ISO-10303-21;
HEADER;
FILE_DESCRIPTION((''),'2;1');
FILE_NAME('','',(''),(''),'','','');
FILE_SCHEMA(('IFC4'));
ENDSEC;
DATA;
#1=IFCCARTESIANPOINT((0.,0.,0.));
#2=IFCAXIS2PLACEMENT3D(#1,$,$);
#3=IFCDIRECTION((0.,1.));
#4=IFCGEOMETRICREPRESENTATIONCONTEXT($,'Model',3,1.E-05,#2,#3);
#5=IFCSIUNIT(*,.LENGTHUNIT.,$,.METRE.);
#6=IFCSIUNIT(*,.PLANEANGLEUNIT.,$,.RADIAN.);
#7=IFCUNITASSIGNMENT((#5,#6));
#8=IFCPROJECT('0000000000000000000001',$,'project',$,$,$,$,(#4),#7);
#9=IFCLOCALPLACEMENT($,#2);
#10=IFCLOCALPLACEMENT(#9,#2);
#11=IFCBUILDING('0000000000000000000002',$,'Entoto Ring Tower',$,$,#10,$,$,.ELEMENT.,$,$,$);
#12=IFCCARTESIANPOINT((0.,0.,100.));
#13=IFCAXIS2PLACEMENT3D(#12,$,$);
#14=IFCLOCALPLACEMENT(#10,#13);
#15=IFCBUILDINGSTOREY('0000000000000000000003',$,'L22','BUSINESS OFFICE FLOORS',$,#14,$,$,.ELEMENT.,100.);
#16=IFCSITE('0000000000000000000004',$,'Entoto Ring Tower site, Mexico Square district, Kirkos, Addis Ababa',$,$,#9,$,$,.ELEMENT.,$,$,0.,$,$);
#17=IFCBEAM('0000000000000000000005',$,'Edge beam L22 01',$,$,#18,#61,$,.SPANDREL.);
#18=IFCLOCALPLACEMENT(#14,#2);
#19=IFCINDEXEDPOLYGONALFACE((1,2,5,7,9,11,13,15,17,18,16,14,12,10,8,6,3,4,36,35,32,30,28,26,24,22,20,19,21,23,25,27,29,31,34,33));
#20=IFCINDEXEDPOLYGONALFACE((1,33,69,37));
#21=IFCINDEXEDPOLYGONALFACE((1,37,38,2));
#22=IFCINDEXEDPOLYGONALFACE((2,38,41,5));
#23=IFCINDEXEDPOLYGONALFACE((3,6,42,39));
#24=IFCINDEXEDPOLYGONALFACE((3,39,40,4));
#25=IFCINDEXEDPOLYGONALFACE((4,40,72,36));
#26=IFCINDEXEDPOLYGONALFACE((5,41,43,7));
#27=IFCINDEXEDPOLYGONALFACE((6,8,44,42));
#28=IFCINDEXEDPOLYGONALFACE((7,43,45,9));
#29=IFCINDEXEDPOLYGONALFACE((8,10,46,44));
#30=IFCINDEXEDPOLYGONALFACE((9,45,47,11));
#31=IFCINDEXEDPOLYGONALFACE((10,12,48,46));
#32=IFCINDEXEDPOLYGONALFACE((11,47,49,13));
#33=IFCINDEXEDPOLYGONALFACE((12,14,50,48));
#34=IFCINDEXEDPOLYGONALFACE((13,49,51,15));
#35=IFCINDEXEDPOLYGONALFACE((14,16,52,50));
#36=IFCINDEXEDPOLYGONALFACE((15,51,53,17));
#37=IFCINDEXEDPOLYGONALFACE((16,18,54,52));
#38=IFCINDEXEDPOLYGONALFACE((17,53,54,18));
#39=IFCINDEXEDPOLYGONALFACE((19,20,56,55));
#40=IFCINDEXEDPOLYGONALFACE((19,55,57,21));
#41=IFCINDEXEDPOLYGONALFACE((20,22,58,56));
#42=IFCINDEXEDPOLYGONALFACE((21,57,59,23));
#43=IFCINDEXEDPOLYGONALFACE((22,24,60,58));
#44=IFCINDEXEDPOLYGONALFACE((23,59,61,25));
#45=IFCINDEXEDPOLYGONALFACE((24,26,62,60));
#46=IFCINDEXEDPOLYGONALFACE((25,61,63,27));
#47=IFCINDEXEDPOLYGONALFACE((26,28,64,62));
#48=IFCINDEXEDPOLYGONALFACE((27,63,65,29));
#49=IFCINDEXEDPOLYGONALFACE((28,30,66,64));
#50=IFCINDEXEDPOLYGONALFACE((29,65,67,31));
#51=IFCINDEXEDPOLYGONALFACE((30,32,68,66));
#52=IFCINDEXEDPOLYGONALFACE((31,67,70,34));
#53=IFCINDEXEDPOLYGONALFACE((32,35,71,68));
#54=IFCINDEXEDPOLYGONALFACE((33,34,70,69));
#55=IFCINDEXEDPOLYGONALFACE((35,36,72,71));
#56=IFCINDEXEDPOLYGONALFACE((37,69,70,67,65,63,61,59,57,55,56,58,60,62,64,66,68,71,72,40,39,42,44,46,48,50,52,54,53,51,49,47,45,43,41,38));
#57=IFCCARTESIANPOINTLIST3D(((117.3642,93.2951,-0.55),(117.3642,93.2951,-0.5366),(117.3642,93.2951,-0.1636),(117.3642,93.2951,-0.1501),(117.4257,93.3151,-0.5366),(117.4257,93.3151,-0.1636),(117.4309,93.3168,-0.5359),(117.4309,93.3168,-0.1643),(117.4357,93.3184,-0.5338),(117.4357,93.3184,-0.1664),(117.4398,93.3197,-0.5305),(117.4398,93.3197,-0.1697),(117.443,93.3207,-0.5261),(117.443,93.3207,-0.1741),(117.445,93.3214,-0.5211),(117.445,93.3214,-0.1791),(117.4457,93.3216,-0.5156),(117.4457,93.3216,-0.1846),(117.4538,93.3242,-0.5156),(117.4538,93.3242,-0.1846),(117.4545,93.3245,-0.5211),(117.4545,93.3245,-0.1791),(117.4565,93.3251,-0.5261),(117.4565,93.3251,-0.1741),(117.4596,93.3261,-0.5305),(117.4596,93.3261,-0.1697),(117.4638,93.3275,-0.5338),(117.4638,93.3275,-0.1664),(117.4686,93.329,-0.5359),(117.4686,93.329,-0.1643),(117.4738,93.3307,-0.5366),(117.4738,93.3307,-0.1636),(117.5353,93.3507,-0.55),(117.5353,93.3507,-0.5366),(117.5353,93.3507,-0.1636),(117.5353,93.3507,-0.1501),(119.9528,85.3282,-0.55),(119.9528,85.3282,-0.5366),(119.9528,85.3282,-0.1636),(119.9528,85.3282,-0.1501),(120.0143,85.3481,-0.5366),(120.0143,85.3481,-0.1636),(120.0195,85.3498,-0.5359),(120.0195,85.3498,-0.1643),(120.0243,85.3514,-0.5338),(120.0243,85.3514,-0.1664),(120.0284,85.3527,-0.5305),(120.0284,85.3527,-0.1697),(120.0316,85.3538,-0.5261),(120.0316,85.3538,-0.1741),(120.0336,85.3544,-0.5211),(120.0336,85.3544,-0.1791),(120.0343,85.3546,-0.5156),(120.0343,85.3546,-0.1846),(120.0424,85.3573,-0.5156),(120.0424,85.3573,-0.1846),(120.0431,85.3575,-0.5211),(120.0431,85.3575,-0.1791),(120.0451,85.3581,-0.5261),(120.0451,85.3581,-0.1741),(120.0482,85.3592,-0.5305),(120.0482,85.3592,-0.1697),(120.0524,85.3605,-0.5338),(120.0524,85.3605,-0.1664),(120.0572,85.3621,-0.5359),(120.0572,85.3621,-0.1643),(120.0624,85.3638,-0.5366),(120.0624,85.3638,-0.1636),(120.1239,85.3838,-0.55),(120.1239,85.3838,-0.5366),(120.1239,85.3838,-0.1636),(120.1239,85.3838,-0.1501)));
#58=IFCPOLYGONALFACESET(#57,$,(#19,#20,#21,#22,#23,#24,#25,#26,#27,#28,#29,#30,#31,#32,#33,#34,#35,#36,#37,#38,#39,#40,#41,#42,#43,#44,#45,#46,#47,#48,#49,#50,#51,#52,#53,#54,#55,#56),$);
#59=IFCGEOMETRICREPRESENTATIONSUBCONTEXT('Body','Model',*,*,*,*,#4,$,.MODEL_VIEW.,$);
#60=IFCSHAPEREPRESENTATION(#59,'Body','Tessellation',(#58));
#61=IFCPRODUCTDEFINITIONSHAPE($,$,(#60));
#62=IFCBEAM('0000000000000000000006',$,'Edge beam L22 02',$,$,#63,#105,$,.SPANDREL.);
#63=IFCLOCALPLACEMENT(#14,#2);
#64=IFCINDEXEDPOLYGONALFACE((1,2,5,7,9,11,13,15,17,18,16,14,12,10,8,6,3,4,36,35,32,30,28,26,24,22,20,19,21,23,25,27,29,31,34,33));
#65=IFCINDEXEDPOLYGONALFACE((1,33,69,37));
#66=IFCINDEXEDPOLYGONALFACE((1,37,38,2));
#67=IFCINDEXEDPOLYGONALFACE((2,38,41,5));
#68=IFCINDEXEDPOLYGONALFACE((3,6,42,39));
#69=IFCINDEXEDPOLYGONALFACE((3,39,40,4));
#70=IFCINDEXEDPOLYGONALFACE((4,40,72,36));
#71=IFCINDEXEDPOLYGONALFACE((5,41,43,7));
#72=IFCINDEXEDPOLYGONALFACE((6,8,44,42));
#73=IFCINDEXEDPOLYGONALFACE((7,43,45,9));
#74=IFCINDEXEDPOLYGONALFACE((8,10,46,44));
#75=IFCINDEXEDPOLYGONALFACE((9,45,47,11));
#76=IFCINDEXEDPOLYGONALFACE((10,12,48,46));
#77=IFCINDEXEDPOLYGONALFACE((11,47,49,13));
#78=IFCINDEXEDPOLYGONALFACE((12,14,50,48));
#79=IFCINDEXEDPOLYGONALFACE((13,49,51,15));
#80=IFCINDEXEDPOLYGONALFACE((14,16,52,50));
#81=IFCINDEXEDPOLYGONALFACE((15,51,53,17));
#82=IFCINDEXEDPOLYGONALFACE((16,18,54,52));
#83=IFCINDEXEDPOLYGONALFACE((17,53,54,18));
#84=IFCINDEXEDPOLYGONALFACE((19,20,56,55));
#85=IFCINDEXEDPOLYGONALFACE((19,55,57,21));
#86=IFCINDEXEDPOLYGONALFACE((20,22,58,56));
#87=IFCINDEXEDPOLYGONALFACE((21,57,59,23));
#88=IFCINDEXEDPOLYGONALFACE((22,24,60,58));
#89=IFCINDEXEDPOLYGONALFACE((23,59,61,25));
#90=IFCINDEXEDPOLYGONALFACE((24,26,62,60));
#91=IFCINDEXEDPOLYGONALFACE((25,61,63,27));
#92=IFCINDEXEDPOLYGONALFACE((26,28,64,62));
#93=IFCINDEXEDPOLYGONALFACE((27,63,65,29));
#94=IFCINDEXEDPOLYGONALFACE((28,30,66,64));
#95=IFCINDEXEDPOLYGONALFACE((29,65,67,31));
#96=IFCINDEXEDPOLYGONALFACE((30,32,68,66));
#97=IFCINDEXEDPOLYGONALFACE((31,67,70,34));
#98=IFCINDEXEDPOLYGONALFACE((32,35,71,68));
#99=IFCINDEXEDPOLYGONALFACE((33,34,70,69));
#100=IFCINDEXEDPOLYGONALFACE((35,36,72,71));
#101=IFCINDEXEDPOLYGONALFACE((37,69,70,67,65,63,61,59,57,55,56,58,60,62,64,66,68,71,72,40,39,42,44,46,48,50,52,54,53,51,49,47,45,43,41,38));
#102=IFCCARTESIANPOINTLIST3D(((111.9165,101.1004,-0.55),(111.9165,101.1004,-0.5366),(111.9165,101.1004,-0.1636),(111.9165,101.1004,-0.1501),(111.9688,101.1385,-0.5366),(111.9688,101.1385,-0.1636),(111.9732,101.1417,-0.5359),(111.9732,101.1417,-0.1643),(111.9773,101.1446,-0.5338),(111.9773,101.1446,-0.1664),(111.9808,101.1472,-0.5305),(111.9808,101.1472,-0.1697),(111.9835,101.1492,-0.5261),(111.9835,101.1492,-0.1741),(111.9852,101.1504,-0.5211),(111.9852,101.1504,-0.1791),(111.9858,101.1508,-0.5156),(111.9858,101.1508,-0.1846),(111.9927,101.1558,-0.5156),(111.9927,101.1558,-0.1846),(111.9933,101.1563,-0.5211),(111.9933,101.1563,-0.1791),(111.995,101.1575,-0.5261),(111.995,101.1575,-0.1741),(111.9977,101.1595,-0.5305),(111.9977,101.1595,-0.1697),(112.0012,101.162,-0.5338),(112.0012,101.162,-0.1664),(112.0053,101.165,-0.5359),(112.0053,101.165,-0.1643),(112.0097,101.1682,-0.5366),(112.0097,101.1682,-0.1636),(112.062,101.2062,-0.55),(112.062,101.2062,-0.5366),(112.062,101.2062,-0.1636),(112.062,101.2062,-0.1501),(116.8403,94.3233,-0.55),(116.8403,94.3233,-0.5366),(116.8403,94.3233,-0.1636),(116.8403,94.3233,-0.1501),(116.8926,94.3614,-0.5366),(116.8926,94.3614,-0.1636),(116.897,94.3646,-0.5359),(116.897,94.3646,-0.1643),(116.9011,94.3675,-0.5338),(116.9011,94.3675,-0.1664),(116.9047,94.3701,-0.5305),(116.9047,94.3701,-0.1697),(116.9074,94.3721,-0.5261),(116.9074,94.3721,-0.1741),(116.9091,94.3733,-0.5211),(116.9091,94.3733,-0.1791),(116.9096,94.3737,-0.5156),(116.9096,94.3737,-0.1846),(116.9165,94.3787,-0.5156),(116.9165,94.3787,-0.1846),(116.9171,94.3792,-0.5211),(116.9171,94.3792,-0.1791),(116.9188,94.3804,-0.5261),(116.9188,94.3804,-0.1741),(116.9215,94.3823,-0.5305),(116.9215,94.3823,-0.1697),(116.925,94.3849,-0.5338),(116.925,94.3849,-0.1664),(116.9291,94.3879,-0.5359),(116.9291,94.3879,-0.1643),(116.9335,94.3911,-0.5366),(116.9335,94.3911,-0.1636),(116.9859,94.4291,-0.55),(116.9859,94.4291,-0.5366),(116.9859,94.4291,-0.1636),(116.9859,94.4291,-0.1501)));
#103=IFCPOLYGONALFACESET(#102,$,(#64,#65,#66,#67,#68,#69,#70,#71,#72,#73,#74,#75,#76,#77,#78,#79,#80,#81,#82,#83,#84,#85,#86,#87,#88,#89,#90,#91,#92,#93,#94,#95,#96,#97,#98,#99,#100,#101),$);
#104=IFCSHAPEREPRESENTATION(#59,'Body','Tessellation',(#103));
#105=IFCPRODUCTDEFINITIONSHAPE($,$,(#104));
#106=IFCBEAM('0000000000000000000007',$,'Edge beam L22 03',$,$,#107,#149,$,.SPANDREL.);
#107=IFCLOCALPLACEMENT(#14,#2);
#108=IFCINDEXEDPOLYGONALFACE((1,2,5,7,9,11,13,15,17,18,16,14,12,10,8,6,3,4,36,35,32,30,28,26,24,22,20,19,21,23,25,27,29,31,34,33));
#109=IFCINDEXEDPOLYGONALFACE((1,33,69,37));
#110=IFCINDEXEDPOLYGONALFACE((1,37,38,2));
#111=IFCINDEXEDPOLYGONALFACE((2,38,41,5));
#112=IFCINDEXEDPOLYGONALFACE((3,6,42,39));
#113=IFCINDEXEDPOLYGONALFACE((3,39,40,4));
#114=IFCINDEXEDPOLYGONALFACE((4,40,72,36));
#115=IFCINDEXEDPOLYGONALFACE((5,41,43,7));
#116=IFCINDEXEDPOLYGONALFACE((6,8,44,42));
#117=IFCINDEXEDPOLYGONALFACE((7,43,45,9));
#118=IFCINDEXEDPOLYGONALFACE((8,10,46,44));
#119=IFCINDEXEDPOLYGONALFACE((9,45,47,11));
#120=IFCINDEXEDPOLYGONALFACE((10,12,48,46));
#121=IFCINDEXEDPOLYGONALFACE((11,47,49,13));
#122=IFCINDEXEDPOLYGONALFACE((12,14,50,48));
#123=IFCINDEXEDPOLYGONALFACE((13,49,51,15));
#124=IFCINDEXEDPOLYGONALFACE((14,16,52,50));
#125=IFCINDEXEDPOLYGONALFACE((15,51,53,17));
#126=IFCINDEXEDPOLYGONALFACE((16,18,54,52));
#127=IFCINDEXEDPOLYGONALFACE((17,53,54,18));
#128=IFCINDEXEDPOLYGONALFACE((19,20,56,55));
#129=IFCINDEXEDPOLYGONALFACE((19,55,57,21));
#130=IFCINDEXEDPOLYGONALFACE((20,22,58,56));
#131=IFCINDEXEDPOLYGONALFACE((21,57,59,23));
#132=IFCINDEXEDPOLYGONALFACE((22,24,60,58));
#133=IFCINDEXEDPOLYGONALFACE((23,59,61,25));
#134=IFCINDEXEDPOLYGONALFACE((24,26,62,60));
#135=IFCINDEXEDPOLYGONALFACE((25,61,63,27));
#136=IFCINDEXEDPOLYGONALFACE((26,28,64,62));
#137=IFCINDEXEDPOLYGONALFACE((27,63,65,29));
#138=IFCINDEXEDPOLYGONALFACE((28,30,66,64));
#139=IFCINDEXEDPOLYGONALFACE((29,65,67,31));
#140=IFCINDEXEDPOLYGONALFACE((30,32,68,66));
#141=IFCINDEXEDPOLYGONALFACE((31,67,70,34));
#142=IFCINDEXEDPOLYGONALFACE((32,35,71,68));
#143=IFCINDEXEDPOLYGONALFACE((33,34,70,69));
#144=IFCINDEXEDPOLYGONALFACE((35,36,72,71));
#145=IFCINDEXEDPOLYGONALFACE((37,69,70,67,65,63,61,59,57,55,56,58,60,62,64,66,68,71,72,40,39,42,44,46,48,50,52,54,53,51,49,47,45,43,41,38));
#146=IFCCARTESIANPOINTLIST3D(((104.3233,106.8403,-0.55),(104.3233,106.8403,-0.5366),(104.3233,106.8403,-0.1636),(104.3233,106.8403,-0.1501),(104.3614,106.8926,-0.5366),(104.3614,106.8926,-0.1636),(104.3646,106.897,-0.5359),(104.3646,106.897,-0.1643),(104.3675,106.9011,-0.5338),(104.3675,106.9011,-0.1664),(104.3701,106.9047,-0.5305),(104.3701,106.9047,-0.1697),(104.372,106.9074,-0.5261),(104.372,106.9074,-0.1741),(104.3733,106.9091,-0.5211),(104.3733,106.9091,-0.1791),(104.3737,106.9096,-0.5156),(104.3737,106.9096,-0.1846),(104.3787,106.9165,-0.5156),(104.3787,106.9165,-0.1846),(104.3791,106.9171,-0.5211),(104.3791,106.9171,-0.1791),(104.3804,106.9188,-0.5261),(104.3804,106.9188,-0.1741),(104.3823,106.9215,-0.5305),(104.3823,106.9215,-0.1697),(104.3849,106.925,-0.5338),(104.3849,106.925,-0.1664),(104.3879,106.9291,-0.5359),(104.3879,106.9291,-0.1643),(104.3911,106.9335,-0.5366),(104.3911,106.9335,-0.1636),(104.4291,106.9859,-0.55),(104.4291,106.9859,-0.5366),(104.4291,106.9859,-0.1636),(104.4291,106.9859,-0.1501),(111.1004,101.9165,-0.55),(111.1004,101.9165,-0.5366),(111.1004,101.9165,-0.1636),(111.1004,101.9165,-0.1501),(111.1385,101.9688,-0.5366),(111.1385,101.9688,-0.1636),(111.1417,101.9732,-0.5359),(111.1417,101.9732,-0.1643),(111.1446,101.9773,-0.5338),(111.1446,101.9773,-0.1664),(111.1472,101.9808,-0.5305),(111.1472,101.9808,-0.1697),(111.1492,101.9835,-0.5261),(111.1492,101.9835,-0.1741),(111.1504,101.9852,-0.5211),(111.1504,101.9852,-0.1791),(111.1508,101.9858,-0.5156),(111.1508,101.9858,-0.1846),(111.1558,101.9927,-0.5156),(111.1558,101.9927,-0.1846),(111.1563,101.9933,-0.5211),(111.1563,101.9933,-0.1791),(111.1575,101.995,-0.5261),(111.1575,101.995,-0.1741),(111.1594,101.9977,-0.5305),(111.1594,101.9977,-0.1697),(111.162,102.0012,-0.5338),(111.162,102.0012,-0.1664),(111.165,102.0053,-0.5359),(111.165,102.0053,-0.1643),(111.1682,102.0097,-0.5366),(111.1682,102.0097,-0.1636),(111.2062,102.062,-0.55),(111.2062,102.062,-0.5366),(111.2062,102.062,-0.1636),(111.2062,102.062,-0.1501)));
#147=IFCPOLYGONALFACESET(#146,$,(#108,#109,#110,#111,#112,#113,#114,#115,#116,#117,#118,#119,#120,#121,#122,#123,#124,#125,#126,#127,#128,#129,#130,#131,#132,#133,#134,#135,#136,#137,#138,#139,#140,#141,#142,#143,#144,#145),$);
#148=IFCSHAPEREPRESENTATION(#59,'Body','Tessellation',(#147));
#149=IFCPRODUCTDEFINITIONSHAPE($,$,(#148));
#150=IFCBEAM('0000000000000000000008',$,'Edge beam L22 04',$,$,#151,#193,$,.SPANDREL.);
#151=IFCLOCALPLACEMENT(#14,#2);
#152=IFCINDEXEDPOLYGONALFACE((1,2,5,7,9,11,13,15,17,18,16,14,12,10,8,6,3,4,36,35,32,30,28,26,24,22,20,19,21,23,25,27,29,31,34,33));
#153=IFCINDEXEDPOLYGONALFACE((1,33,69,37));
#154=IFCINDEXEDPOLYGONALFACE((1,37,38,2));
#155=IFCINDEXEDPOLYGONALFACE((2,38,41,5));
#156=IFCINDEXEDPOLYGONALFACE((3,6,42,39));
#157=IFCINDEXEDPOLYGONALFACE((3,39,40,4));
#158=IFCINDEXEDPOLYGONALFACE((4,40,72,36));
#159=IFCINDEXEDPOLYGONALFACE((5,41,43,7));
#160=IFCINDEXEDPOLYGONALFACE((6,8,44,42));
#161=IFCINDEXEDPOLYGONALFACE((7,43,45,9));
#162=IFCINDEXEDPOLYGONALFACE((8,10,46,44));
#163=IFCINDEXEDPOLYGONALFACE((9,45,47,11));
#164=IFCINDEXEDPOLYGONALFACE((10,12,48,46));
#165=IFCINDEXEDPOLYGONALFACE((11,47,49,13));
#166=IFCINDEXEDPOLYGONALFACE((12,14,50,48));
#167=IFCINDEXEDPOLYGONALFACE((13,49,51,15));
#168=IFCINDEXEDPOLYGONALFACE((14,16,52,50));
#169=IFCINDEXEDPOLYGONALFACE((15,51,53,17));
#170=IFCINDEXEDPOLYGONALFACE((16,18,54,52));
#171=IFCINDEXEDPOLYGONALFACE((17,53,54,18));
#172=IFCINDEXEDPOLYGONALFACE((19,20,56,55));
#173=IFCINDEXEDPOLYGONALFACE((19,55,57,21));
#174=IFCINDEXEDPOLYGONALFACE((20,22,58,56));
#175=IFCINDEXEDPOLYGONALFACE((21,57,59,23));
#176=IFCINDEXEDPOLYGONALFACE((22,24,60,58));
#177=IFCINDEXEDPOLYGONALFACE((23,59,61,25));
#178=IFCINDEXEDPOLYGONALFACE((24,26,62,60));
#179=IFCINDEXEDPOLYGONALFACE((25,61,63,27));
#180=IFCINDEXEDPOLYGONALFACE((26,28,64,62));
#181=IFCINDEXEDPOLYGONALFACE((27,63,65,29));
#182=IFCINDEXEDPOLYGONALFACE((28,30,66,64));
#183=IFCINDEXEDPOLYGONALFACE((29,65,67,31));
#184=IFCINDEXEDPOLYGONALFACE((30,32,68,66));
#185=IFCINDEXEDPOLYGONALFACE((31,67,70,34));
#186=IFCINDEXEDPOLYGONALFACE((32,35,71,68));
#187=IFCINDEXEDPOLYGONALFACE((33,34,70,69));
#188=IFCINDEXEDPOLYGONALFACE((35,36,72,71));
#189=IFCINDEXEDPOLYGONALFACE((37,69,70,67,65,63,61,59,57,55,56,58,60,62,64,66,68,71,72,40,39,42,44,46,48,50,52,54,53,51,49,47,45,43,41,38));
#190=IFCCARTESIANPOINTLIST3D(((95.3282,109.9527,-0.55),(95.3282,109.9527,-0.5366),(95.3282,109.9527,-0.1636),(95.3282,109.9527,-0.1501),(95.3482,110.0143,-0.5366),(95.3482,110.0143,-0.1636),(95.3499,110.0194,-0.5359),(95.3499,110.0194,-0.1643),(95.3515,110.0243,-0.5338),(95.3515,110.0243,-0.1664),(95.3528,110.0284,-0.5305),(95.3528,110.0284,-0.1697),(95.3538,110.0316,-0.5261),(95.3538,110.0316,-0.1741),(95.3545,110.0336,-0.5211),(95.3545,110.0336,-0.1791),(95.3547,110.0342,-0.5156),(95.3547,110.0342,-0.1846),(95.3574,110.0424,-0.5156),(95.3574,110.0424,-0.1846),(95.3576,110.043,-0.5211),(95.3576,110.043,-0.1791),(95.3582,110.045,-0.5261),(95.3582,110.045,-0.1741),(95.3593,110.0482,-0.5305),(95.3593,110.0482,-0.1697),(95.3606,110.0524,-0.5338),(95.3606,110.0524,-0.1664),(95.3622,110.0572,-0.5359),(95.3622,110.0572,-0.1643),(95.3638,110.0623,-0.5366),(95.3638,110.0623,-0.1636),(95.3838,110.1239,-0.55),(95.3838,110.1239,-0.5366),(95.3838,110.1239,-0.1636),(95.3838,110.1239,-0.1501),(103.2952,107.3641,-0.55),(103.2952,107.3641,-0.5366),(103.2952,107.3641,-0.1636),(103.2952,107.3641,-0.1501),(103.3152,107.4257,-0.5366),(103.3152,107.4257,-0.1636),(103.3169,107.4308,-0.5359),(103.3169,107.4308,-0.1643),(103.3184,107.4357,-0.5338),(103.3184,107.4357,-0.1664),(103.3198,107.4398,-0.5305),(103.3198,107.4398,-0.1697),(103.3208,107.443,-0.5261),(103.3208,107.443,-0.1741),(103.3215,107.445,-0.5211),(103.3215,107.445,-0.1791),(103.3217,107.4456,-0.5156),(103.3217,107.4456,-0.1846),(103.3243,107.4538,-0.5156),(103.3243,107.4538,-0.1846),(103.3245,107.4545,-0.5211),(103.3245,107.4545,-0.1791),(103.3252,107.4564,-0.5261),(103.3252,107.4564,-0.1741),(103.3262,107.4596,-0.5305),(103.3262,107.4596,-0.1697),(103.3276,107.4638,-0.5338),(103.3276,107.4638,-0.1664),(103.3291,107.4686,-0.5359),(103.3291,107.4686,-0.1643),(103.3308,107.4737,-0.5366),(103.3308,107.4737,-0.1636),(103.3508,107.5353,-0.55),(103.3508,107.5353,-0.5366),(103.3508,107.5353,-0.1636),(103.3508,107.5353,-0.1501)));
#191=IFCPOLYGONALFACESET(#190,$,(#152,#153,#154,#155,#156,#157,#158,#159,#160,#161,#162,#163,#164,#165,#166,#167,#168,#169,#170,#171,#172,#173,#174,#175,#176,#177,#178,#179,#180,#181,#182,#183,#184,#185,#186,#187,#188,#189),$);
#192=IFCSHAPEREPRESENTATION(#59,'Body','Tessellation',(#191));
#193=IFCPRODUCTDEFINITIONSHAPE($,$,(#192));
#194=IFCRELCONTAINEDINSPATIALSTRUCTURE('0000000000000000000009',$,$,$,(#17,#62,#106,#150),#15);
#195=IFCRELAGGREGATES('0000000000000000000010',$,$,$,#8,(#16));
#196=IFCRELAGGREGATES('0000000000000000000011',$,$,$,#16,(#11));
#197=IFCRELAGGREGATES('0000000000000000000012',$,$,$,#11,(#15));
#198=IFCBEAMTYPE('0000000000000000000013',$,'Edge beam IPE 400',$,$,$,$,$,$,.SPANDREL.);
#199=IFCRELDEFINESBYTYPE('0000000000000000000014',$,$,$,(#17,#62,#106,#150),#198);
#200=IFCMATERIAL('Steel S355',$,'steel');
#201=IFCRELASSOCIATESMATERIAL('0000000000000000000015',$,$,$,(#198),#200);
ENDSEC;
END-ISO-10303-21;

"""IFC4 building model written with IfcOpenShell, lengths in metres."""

from ifc_helpers import new_model, si_unit, direction, frame, origin, origin_2d, place, context, subcontext, project, spatial, i_section, extrude, material, material_profile, profile_set, type_object, element, save


model = new_model("IFC4")

# Units and contexts
model_context = context("Model", 3, precision=1e-05, world=origin(), true_north=direction((0.0, 1.0)))
body_context = subcontext(model_context, "Body", "Model", "MODEL_VIEW")
ifc_project = project(units=[si_unit("LENGTHUNIT", "METRE"), si_unit("PLANEANGLEUNIT", "RADIAN")], contexts=[model_context])

# Site, building, storey
site_placement = place(None, origin())
site = spatial("IfcSite", under=ifc_project, at=site_placement, Name="Entoto Ring Tower site, Mexico Square district, Kirkos, Addis Ababa", CompositionType="ELEMENT", RefElevation=0.0)
building_placement = place(site_placement, origin())
building = spatial("IfcBuilding", under=site, at=building_placement, Name="Entoto Ring Tower", CompositionType="ELEMENT")
storey_placement = place(building_placement, frame((0.0, 0.0, 100.0)))
storey = spatial("IfcBuildingStorey", under=building, at=storey_placement, Name="L22", Description="BUSINESS OFFICE FLOORS", CompositionType="ELEMENT", Elevation=100.0)

# Beams
ifc_material_1 = material(Name="Steel S355", Category="steel")
ifc_material_profile_1 = material_profile(ifc_material_1, i_section(OverallWidth=0.1799, OverallDepth=0.3999, WebThickness=0.0085, FlangeThickness=0.0134, FilletRadius=0.021, at=origin_2d()), Name="IPE 400")
ifc_profile_set_1 = profile_set([ifc_material_profile_1], Name="Steel S355")
beam_type_1 = type_object("IfcBeamType", Name="Edge beam IPE 400", PredefinedType="SPANDREL", material=ifc_profile_set_1)
for number, where, z_axis, x_axis, name in (
    (1, (120.0383, 85.356, -0.3501), (-0.309014, 0.951057, 0.0), (-0.951057, -0.309014, 0.0), "Edge beam L22 01"),
    (2, (116.9131, 94.3762, -0.3501), (-0.587783, 0.809018, 0.0), (-0.809018, -0.587783, 0.0), "Edge beam L22 02"),
    (3, (111.1533, 101.9893, -0.3501), (-0.809018, 0.587783, 0.0), (-0.587783, -0.809018, 0.0), "Edge beam L22 03"),
    (4, (103.323, 107.4497, -0.3501), (-0.951057, 0.309014, 0.0), (-0.309014, -0.951057, 0.0), "Edge beam L22 04"),
):
    element("IfcBeam", number, at=place(storey_placement, frame(where, z_axis=z_axis, x_axis=x_axis)), inside=storey, type_object=beam_type_1, Name=name, PredefinedType="SPANDREL", context=body_context, shape_type="SweptSolid", body=[
        extrude(i_section(OverallWidth=0.1799, OverallDepth=0.3999, WebThickness=0.0085, FlangeThickness=0.0134, FilletRadius=0.021, at=origin_2d()), origin(), (0.0, 0.0, 1.0), 8.377),
    ])

save(model, "model.ifc")
